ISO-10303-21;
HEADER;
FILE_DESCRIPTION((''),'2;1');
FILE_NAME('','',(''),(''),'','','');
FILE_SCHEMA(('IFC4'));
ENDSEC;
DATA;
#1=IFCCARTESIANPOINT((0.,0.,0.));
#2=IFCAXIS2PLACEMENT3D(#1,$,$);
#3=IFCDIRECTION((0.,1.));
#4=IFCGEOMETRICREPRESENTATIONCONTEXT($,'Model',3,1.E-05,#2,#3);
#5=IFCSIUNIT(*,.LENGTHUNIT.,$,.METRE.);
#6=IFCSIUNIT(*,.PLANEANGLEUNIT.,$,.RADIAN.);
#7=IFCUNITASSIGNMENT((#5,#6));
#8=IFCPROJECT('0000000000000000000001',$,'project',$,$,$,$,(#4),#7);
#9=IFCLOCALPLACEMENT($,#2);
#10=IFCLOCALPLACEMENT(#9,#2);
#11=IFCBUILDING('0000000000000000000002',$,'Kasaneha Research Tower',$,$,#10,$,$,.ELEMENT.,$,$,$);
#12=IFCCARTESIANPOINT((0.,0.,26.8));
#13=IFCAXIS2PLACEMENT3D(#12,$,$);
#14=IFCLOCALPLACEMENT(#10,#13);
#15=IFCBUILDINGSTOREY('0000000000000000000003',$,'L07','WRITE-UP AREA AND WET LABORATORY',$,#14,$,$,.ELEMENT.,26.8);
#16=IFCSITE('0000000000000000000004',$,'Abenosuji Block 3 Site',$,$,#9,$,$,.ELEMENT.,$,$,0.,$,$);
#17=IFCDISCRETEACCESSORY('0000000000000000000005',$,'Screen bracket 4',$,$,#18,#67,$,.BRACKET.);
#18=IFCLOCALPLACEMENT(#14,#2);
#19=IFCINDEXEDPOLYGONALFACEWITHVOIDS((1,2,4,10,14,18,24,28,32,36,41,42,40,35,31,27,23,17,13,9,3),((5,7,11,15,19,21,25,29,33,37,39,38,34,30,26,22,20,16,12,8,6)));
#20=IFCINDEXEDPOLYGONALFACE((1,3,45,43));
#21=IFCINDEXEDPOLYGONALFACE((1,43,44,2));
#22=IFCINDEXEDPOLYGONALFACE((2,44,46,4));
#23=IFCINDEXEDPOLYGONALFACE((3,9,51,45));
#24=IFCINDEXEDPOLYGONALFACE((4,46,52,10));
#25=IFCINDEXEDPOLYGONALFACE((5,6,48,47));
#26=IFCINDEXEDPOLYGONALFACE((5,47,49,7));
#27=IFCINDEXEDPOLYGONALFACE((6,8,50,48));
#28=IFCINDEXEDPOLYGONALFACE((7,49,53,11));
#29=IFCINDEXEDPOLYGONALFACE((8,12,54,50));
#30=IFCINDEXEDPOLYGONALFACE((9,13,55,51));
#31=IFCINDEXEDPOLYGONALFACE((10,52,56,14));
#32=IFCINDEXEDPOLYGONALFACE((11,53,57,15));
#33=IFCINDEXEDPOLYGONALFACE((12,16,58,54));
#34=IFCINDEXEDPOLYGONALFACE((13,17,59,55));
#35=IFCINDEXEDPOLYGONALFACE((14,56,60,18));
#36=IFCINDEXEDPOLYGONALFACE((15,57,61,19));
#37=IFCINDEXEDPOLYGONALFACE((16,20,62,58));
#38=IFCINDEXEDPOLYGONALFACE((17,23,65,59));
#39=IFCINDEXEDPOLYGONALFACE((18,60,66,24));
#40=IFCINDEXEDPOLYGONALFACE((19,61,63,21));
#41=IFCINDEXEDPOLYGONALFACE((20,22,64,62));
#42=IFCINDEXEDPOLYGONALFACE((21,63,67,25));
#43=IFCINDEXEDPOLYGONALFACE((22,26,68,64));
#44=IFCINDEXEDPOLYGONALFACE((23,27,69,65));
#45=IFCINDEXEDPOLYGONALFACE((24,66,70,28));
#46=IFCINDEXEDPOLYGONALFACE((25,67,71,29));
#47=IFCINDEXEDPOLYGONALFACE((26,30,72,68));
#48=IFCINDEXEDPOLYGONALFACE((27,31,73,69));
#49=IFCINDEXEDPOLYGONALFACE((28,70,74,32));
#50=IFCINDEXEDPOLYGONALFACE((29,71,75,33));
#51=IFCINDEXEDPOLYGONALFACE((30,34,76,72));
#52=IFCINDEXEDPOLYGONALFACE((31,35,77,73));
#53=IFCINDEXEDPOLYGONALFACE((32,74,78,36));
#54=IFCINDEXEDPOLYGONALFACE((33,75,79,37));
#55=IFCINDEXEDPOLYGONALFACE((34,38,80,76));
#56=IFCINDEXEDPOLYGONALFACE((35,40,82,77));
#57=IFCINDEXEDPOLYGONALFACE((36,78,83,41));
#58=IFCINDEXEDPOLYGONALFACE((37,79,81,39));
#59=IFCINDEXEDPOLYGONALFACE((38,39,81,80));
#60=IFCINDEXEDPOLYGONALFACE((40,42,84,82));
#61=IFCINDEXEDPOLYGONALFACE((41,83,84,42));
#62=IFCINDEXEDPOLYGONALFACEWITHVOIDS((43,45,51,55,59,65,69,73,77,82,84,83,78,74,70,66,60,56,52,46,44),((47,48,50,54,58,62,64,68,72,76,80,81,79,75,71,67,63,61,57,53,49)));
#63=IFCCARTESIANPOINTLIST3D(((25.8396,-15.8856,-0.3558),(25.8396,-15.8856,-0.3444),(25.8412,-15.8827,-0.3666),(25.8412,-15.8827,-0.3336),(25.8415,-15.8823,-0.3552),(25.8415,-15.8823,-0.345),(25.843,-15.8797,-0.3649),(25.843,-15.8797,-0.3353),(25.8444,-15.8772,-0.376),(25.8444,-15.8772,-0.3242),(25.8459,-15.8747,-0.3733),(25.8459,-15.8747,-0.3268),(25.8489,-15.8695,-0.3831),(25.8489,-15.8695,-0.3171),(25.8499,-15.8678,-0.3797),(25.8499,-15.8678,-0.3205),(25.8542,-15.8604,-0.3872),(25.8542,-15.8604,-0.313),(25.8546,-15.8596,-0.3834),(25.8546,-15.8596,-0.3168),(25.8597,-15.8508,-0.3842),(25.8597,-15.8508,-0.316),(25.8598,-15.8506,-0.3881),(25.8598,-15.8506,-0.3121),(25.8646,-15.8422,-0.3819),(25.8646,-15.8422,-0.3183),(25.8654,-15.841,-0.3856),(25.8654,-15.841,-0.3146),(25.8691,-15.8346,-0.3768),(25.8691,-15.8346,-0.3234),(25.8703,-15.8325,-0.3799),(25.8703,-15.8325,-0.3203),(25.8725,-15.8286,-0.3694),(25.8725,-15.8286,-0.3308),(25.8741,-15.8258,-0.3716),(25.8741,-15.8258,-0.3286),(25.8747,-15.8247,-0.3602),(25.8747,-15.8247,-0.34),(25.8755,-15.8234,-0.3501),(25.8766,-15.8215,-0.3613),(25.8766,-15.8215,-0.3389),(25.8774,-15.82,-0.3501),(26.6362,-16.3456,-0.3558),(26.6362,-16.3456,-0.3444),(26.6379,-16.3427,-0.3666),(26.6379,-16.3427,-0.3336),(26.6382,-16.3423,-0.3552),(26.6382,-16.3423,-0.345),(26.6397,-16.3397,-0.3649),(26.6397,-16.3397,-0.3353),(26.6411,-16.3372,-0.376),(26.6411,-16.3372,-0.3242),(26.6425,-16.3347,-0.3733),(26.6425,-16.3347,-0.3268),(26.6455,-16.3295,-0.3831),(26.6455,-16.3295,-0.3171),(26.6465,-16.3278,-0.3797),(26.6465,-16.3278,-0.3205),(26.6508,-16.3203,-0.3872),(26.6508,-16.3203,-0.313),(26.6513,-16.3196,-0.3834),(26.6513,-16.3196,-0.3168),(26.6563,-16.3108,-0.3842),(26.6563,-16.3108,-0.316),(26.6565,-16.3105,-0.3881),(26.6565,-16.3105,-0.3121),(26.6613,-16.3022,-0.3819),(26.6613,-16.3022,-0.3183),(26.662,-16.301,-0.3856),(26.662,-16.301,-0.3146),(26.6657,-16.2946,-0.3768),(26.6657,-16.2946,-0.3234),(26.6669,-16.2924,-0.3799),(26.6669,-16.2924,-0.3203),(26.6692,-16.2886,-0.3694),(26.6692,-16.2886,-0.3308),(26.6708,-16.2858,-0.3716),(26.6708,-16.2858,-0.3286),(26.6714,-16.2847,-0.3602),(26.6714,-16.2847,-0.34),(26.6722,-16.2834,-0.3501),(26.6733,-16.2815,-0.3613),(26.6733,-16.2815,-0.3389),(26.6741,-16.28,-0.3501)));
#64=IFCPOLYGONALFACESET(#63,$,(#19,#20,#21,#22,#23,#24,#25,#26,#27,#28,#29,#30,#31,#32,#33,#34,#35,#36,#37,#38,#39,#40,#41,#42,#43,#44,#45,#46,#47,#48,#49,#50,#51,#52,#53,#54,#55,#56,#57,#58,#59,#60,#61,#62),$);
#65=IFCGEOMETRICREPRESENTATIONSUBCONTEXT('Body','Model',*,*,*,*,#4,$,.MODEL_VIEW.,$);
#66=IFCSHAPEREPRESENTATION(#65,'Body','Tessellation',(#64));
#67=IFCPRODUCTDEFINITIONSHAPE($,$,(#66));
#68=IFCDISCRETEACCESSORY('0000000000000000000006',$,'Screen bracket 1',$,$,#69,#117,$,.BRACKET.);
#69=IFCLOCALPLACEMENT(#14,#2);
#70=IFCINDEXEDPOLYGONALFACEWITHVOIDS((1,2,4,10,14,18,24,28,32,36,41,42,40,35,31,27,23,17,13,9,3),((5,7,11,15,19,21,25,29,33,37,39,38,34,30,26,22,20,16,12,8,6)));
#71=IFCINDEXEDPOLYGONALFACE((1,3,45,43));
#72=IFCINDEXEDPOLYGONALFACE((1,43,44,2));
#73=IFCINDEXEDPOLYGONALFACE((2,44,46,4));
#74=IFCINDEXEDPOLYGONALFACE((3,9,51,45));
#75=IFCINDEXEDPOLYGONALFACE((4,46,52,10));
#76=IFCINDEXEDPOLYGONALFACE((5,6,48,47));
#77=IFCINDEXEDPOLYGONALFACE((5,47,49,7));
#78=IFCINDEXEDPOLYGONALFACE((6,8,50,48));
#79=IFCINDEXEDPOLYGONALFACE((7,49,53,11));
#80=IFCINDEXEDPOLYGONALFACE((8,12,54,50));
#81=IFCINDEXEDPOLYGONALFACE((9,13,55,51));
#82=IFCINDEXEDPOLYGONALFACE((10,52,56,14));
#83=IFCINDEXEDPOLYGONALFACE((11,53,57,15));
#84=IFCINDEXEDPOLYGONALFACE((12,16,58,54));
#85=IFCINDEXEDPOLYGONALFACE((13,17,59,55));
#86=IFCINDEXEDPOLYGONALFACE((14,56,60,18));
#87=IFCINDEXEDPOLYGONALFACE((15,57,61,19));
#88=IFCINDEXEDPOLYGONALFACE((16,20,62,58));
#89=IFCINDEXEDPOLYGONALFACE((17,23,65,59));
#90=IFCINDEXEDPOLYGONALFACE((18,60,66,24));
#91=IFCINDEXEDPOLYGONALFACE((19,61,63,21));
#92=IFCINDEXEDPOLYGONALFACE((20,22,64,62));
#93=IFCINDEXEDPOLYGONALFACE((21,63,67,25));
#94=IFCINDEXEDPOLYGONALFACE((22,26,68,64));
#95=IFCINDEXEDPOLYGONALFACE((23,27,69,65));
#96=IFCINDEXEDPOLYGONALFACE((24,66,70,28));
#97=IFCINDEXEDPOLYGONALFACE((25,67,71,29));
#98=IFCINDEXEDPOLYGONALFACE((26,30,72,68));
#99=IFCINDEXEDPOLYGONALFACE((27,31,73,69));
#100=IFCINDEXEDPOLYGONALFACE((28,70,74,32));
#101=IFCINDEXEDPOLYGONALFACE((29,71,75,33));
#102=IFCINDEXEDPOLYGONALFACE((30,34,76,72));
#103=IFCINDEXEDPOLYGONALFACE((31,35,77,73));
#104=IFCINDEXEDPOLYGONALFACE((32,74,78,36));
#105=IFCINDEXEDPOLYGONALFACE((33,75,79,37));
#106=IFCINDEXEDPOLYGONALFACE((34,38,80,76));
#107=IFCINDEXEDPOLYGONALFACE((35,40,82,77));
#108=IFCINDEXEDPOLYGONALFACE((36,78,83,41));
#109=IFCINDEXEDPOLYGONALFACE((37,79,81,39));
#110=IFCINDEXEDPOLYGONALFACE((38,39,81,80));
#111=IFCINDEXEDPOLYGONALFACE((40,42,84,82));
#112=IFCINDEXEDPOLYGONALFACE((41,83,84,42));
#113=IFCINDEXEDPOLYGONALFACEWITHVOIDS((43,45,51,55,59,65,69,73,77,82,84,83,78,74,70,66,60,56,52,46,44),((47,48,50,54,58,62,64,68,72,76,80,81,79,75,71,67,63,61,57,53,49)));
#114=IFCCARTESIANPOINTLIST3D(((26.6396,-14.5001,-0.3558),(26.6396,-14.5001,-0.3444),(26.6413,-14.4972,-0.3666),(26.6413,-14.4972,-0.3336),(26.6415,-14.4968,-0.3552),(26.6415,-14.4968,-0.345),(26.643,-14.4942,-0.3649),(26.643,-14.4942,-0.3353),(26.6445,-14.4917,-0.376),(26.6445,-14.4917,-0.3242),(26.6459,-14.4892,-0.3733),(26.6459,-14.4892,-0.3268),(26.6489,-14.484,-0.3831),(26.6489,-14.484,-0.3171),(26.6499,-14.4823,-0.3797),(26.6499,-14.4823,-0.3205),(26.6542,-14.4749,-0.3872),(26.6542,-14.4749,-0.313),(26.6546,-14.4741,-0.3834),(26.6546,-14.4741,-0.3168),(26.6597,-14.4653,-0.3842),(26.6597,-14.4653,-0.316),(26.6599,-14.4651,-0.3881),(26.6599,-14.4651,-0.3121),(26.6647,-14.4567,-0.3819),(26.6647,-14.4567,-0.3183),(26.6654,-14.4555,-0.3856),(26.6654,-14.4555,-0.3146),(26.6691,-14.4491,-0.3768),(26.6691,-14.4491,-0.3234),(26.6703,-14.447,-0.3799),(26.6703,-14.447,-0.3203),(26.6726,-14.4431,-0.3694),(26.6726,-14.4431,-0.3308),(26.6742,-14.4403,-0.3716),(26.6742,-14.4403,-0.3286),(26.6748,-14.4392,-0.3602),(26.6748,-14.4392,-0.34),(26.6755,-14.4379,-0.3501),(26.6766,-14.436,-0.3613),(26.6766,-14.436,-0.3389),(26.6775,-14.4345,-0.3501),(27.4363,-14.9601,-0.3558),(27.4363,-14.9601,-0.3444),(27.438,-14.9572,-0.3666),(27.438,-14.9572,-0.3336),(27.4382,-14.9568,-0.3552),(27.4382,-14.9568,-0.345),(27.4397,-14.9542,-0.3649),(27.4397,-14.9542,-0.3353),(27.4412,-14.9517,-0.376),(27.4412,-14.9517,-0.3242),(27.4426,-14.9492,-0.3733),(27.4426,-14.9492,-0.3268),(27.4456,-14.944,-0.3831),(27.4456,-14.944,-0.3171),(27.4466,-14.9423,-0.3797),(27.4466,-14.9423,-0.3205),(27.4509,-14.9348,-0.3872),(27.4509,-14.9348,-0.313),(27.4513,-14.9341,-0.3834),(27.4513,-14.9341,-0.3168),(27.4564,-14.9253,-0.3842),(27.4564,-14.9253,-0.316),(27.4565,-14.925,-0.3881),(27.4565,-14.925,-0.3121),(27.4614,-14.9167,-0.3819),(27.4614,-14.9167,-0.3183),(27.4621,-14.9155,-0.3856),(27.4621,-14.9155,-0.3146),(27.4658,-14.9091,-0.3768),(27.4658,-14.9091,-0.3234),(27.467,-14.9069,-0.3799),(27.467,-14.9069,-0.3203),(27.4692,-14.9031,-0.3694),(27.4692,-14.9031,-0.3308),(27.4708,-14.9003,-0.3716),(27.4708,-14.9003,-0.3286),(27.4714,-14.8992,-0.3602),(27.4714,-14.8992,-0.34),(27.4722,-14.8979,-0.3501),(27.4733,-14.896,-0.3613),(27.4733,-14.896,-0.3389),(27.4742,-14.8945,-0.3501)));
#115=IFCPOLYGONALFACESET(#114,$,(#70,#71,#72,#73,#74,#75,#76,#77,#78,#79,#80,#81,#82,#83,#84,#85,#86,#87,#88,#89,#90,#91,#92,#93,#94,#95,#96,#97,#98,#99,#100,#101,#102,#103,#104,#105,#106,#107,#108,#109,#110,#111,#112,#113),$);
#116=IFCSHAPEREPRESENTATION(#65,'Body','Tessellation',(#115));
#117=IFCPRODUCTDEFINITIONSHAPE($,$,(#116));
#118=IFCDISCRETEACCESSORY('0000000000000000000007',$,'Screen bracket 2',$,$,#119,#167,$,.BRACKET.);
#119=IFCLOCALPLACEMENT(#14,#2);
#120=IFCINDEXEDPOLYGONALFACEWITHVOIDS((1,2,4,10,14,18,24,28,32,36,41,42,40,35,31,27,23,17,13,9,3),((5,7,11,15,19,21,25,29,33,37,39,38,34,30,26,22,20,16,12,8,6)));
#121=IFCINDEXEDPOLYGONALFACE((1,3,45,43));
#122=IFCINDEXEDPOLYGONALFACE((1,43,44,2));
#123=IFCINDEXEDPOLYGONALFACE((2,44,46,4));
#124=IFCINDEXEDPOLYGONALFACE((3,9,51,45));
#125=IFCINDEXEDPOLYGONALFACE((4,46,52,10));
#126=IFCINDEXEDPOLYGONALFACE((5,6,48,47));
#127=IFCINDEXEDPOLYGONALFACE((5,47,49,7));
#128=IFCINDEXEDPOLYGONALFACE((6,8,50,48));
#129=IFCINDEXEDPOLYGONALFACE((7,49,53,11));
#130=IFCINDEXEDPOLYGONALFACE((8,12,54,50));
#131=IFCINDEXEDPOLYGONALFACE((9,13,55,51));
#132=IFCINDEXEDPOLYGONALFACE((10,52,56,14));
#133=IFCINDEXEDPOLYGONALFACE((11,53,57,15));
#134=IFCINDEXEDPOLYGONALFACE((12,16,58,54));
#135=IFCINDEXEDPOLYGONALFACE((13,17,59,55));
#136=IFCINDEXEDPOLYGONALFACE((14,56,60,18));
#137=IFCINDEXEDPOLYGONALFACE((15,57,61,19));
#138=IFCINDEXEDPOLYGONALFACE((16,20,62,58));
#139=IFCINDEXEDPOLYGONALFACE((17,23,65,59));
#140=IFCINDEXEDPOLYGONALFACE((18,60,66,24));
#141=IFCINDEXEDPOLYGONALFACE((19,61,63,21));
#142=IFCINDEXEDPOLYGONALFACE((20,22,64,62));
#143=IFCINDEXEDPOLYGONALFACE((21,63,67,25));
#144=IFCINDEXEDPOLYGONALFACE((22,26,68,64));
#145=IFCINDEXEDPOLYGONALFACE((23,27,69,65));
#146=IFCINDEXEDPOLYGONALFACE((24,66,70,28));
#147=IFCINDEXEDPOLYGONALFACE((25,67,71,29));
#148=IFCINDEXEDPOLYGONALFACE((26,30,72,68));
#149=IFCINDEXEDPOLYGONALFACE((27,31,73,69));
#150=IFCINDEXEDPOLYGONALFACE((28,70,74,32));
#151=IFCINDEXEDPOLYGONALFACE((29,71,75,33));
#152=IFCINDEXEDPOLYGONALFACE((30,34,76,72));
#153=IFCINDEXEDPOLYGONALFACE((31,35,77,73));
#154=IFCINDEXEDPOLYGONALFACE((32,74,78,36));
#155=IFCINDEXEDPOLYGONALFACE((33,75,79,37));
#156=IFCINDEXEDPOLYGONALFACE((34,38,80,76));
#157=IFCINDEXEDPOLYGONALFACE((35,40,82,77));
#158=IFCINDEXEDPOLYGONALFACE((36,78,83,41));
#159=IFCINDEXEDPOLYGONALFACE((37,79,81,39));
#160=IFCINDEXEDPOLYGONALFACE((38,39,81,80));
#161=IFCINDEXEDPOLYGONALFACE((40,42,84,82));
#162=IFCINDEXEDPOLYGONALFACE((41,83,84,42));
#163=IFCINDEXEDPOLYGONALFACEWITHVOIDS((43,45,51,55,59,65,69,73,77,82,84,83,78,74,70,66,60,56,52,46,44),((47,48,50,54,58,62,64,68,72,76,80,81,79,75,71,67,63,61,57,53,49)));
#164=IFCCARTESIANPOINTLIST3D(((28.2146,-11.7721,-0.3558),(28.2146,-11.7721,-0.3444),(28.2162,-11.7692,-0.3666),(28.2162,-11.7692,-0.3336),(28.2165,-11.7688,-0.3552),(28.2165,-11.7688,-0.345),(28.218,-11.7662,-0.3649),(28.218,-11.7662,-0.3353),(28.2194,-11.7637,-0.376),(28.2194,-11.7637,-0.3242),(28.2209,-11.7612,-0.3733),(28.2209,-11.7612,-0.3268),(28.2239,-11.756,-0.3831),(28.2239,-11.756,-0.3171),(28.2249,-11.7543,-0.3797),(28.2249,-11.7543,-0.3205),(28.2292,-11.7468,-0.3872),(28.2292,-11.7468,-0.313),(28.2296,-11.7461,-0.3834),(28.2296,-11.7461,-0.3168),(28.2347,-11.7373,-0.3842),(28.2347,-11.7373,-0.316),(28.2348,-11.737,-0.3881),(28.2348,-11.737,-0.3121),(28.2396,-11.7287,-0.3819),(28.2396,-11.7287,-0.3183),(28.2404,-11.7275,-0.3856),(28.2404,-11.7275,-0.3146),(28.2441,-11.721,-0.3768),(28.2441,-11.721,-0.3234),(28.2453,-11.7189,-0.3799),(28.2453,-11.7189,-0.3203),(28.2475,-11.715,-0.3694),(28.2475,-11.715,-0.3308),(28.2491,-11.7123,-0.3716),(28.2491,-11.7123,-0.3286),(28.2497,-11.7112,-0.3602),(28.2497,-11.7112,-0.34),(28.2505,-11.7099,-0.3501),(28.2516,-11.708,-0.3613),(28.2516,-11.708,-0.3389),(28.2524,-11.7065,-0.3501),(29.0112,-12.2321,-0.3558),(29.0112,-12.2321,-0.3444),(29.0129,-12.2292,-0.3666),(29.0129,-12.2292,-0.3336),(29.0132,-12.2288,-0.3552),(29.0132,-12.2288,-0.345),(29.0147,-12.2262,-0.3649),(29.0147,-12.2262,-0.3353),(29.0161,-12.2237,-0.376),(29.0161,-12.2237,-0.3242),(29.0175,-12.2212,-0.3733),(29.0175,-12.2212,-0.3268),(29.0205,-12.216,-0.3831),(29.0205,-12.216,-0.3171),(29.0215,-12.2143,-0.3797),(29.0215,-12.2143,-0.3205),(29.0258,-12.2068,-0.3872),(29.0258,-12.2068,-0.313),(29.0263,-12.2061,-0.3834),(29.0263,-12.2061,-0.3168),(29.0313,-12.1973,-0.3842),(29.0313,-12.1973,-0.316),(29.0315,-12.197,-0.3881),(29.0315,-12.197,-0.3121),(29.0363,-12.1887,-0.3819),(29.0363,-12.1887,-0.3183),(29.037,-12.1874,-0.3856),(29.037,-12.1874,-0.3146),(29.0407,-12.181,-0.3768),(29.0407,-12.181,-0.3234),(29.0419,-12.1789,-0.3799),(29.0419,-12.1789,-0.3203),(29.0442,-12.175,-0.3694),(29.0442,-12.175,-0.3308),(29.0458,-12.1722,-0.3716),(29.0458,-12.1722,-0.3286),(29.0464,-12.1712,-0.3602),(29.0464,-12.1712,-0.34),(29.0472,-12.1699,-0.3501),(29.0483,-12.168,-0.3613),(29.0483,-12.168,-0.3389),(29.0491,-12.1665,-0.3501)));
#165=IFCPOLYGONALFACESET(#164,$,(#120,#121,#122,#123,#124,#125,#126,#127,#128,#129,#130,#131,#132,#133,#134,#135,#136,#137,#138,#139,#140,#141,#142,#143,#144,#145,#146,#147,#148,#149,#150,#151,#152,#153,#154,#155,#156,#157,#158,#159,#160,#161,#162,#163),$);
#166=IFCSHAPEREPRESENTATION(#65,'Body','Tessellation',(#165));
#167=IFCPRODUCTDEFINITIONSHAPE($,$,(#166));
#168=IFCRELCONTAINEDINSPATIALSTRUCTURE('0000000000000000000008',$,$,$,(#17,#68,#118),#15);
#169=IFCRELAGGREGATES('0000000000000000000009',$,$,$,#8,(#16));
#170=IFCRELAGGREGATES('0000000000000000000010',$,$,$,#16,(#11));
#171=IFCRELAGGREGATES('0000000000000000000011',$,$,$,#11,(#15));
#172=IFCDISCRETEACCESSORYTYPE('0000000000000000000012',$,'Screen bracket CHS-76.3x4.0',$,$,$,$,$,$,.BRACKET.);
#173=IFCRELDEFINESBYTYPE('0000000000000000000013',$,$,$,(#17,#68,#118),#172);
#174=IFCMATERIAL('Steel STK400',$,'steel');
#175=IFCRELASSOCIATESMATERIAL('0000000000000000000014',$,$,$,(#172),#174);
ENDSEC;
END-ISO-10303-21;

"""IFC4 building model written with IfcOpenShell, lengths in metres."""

from ifc_helpers import new_model, si_unit, direction, frame, origin, origin_2d, place, context, subcontext, project, spatial, hollow_circle, extrude, material, material_profile, profile_set, type_object, element, save


model = new_model("IFC4")

# Units and contexts
model_context = context("Model", 3, precision=1e-05, world=origin(), true_north=direction((0.0, 1.0)))
body_context = subcontext(model_context, "Body", "Model", "MODEL_VIEW")
ifc_project = project(units=[si_unit("LENGTHUNIT", "METRE"), si_unit("PLANEANGLEUNIT", "RADIAN")], contexts=[model_context])

# Site, building, storey
site_placement = place(None, origin())
site = spatial("IfcSite", under=ifc_project, at=site_placement, Name="Abenosuji Block 3 Site", CompositionType="ELEMENT", RefElevation=0.0)
building_placement = place(site_placement, origin())
building = spatial("IfcBuilding", under=site, at=building_placement, Name="Kasaneha Research Tower", CompositionType="ELEMENT")
storey_placement = place(building_placement, frame((0.0, 0.0, 26.8)))
storey = spatial("IfcBuildingStorey", under=building, at=storey_placement, Name="L07", Description="WRITE-UP AREA AND WET LABORATORY", CompositionType="ELEMENT", Elevation=26.8)

# Discrete accessories
ifc_material_1 = material(Name="Steel STK400", Category="steel")
ifc_material_profile_1 = material_profile(ifc_material_1, hollow_circle(Radius=0.0381, WallThickness=0.0039, at=origin_2d()), Name="CHS-76.3x4.0")
ifc_profile_set_1 = profile_set([ifc_material_profile_1], Name="Steel STK400")
discrete_accessory_type = type_object("IfcDiscreteAccessoryType", Name="Screen bracket CHS-76.3x4.0", PredefinedType="BRACKET", material=ifc_profile_set_1)
for number, where, z_axis, x_axis, name in (
    (1, (25.8584, -15.853, -0.3501), (0.866013, -0.500021, 0.0), (0.500021, 0.866013, 0.0), "Screen bracket 4"),
    (2, (26.6584, -14.4675, -0.3501), (0.866013, -0.500021, 0.0), (0.500021, 0.866013, 0.0), "Screen bracket 1"),
    (3, (28.2334, -11.7395, -0.3501), (0.866013, -0.500021, 0.0), (0.500021, 0.866013, 0.0), "Screen bracket 2"),
):
    element("IfcDiscreteAccessory", number, at=place(storey_placement, frame(where, z_axis=z_axis, x_axis=x_axis)), inside=storey, type_object=discrete_accessory_type, Name=name, PredefinedType="BRACKET", context=body_context, shape_type="SweptSolid", body=[
        extrude(hollow_circle(Radius=0.0381, WallThickness=0.0039, at=origin_2d()), origin(), (0.0, 0.0, 1.0), 0.9199),
    ])

save(model, "model.ifc")
